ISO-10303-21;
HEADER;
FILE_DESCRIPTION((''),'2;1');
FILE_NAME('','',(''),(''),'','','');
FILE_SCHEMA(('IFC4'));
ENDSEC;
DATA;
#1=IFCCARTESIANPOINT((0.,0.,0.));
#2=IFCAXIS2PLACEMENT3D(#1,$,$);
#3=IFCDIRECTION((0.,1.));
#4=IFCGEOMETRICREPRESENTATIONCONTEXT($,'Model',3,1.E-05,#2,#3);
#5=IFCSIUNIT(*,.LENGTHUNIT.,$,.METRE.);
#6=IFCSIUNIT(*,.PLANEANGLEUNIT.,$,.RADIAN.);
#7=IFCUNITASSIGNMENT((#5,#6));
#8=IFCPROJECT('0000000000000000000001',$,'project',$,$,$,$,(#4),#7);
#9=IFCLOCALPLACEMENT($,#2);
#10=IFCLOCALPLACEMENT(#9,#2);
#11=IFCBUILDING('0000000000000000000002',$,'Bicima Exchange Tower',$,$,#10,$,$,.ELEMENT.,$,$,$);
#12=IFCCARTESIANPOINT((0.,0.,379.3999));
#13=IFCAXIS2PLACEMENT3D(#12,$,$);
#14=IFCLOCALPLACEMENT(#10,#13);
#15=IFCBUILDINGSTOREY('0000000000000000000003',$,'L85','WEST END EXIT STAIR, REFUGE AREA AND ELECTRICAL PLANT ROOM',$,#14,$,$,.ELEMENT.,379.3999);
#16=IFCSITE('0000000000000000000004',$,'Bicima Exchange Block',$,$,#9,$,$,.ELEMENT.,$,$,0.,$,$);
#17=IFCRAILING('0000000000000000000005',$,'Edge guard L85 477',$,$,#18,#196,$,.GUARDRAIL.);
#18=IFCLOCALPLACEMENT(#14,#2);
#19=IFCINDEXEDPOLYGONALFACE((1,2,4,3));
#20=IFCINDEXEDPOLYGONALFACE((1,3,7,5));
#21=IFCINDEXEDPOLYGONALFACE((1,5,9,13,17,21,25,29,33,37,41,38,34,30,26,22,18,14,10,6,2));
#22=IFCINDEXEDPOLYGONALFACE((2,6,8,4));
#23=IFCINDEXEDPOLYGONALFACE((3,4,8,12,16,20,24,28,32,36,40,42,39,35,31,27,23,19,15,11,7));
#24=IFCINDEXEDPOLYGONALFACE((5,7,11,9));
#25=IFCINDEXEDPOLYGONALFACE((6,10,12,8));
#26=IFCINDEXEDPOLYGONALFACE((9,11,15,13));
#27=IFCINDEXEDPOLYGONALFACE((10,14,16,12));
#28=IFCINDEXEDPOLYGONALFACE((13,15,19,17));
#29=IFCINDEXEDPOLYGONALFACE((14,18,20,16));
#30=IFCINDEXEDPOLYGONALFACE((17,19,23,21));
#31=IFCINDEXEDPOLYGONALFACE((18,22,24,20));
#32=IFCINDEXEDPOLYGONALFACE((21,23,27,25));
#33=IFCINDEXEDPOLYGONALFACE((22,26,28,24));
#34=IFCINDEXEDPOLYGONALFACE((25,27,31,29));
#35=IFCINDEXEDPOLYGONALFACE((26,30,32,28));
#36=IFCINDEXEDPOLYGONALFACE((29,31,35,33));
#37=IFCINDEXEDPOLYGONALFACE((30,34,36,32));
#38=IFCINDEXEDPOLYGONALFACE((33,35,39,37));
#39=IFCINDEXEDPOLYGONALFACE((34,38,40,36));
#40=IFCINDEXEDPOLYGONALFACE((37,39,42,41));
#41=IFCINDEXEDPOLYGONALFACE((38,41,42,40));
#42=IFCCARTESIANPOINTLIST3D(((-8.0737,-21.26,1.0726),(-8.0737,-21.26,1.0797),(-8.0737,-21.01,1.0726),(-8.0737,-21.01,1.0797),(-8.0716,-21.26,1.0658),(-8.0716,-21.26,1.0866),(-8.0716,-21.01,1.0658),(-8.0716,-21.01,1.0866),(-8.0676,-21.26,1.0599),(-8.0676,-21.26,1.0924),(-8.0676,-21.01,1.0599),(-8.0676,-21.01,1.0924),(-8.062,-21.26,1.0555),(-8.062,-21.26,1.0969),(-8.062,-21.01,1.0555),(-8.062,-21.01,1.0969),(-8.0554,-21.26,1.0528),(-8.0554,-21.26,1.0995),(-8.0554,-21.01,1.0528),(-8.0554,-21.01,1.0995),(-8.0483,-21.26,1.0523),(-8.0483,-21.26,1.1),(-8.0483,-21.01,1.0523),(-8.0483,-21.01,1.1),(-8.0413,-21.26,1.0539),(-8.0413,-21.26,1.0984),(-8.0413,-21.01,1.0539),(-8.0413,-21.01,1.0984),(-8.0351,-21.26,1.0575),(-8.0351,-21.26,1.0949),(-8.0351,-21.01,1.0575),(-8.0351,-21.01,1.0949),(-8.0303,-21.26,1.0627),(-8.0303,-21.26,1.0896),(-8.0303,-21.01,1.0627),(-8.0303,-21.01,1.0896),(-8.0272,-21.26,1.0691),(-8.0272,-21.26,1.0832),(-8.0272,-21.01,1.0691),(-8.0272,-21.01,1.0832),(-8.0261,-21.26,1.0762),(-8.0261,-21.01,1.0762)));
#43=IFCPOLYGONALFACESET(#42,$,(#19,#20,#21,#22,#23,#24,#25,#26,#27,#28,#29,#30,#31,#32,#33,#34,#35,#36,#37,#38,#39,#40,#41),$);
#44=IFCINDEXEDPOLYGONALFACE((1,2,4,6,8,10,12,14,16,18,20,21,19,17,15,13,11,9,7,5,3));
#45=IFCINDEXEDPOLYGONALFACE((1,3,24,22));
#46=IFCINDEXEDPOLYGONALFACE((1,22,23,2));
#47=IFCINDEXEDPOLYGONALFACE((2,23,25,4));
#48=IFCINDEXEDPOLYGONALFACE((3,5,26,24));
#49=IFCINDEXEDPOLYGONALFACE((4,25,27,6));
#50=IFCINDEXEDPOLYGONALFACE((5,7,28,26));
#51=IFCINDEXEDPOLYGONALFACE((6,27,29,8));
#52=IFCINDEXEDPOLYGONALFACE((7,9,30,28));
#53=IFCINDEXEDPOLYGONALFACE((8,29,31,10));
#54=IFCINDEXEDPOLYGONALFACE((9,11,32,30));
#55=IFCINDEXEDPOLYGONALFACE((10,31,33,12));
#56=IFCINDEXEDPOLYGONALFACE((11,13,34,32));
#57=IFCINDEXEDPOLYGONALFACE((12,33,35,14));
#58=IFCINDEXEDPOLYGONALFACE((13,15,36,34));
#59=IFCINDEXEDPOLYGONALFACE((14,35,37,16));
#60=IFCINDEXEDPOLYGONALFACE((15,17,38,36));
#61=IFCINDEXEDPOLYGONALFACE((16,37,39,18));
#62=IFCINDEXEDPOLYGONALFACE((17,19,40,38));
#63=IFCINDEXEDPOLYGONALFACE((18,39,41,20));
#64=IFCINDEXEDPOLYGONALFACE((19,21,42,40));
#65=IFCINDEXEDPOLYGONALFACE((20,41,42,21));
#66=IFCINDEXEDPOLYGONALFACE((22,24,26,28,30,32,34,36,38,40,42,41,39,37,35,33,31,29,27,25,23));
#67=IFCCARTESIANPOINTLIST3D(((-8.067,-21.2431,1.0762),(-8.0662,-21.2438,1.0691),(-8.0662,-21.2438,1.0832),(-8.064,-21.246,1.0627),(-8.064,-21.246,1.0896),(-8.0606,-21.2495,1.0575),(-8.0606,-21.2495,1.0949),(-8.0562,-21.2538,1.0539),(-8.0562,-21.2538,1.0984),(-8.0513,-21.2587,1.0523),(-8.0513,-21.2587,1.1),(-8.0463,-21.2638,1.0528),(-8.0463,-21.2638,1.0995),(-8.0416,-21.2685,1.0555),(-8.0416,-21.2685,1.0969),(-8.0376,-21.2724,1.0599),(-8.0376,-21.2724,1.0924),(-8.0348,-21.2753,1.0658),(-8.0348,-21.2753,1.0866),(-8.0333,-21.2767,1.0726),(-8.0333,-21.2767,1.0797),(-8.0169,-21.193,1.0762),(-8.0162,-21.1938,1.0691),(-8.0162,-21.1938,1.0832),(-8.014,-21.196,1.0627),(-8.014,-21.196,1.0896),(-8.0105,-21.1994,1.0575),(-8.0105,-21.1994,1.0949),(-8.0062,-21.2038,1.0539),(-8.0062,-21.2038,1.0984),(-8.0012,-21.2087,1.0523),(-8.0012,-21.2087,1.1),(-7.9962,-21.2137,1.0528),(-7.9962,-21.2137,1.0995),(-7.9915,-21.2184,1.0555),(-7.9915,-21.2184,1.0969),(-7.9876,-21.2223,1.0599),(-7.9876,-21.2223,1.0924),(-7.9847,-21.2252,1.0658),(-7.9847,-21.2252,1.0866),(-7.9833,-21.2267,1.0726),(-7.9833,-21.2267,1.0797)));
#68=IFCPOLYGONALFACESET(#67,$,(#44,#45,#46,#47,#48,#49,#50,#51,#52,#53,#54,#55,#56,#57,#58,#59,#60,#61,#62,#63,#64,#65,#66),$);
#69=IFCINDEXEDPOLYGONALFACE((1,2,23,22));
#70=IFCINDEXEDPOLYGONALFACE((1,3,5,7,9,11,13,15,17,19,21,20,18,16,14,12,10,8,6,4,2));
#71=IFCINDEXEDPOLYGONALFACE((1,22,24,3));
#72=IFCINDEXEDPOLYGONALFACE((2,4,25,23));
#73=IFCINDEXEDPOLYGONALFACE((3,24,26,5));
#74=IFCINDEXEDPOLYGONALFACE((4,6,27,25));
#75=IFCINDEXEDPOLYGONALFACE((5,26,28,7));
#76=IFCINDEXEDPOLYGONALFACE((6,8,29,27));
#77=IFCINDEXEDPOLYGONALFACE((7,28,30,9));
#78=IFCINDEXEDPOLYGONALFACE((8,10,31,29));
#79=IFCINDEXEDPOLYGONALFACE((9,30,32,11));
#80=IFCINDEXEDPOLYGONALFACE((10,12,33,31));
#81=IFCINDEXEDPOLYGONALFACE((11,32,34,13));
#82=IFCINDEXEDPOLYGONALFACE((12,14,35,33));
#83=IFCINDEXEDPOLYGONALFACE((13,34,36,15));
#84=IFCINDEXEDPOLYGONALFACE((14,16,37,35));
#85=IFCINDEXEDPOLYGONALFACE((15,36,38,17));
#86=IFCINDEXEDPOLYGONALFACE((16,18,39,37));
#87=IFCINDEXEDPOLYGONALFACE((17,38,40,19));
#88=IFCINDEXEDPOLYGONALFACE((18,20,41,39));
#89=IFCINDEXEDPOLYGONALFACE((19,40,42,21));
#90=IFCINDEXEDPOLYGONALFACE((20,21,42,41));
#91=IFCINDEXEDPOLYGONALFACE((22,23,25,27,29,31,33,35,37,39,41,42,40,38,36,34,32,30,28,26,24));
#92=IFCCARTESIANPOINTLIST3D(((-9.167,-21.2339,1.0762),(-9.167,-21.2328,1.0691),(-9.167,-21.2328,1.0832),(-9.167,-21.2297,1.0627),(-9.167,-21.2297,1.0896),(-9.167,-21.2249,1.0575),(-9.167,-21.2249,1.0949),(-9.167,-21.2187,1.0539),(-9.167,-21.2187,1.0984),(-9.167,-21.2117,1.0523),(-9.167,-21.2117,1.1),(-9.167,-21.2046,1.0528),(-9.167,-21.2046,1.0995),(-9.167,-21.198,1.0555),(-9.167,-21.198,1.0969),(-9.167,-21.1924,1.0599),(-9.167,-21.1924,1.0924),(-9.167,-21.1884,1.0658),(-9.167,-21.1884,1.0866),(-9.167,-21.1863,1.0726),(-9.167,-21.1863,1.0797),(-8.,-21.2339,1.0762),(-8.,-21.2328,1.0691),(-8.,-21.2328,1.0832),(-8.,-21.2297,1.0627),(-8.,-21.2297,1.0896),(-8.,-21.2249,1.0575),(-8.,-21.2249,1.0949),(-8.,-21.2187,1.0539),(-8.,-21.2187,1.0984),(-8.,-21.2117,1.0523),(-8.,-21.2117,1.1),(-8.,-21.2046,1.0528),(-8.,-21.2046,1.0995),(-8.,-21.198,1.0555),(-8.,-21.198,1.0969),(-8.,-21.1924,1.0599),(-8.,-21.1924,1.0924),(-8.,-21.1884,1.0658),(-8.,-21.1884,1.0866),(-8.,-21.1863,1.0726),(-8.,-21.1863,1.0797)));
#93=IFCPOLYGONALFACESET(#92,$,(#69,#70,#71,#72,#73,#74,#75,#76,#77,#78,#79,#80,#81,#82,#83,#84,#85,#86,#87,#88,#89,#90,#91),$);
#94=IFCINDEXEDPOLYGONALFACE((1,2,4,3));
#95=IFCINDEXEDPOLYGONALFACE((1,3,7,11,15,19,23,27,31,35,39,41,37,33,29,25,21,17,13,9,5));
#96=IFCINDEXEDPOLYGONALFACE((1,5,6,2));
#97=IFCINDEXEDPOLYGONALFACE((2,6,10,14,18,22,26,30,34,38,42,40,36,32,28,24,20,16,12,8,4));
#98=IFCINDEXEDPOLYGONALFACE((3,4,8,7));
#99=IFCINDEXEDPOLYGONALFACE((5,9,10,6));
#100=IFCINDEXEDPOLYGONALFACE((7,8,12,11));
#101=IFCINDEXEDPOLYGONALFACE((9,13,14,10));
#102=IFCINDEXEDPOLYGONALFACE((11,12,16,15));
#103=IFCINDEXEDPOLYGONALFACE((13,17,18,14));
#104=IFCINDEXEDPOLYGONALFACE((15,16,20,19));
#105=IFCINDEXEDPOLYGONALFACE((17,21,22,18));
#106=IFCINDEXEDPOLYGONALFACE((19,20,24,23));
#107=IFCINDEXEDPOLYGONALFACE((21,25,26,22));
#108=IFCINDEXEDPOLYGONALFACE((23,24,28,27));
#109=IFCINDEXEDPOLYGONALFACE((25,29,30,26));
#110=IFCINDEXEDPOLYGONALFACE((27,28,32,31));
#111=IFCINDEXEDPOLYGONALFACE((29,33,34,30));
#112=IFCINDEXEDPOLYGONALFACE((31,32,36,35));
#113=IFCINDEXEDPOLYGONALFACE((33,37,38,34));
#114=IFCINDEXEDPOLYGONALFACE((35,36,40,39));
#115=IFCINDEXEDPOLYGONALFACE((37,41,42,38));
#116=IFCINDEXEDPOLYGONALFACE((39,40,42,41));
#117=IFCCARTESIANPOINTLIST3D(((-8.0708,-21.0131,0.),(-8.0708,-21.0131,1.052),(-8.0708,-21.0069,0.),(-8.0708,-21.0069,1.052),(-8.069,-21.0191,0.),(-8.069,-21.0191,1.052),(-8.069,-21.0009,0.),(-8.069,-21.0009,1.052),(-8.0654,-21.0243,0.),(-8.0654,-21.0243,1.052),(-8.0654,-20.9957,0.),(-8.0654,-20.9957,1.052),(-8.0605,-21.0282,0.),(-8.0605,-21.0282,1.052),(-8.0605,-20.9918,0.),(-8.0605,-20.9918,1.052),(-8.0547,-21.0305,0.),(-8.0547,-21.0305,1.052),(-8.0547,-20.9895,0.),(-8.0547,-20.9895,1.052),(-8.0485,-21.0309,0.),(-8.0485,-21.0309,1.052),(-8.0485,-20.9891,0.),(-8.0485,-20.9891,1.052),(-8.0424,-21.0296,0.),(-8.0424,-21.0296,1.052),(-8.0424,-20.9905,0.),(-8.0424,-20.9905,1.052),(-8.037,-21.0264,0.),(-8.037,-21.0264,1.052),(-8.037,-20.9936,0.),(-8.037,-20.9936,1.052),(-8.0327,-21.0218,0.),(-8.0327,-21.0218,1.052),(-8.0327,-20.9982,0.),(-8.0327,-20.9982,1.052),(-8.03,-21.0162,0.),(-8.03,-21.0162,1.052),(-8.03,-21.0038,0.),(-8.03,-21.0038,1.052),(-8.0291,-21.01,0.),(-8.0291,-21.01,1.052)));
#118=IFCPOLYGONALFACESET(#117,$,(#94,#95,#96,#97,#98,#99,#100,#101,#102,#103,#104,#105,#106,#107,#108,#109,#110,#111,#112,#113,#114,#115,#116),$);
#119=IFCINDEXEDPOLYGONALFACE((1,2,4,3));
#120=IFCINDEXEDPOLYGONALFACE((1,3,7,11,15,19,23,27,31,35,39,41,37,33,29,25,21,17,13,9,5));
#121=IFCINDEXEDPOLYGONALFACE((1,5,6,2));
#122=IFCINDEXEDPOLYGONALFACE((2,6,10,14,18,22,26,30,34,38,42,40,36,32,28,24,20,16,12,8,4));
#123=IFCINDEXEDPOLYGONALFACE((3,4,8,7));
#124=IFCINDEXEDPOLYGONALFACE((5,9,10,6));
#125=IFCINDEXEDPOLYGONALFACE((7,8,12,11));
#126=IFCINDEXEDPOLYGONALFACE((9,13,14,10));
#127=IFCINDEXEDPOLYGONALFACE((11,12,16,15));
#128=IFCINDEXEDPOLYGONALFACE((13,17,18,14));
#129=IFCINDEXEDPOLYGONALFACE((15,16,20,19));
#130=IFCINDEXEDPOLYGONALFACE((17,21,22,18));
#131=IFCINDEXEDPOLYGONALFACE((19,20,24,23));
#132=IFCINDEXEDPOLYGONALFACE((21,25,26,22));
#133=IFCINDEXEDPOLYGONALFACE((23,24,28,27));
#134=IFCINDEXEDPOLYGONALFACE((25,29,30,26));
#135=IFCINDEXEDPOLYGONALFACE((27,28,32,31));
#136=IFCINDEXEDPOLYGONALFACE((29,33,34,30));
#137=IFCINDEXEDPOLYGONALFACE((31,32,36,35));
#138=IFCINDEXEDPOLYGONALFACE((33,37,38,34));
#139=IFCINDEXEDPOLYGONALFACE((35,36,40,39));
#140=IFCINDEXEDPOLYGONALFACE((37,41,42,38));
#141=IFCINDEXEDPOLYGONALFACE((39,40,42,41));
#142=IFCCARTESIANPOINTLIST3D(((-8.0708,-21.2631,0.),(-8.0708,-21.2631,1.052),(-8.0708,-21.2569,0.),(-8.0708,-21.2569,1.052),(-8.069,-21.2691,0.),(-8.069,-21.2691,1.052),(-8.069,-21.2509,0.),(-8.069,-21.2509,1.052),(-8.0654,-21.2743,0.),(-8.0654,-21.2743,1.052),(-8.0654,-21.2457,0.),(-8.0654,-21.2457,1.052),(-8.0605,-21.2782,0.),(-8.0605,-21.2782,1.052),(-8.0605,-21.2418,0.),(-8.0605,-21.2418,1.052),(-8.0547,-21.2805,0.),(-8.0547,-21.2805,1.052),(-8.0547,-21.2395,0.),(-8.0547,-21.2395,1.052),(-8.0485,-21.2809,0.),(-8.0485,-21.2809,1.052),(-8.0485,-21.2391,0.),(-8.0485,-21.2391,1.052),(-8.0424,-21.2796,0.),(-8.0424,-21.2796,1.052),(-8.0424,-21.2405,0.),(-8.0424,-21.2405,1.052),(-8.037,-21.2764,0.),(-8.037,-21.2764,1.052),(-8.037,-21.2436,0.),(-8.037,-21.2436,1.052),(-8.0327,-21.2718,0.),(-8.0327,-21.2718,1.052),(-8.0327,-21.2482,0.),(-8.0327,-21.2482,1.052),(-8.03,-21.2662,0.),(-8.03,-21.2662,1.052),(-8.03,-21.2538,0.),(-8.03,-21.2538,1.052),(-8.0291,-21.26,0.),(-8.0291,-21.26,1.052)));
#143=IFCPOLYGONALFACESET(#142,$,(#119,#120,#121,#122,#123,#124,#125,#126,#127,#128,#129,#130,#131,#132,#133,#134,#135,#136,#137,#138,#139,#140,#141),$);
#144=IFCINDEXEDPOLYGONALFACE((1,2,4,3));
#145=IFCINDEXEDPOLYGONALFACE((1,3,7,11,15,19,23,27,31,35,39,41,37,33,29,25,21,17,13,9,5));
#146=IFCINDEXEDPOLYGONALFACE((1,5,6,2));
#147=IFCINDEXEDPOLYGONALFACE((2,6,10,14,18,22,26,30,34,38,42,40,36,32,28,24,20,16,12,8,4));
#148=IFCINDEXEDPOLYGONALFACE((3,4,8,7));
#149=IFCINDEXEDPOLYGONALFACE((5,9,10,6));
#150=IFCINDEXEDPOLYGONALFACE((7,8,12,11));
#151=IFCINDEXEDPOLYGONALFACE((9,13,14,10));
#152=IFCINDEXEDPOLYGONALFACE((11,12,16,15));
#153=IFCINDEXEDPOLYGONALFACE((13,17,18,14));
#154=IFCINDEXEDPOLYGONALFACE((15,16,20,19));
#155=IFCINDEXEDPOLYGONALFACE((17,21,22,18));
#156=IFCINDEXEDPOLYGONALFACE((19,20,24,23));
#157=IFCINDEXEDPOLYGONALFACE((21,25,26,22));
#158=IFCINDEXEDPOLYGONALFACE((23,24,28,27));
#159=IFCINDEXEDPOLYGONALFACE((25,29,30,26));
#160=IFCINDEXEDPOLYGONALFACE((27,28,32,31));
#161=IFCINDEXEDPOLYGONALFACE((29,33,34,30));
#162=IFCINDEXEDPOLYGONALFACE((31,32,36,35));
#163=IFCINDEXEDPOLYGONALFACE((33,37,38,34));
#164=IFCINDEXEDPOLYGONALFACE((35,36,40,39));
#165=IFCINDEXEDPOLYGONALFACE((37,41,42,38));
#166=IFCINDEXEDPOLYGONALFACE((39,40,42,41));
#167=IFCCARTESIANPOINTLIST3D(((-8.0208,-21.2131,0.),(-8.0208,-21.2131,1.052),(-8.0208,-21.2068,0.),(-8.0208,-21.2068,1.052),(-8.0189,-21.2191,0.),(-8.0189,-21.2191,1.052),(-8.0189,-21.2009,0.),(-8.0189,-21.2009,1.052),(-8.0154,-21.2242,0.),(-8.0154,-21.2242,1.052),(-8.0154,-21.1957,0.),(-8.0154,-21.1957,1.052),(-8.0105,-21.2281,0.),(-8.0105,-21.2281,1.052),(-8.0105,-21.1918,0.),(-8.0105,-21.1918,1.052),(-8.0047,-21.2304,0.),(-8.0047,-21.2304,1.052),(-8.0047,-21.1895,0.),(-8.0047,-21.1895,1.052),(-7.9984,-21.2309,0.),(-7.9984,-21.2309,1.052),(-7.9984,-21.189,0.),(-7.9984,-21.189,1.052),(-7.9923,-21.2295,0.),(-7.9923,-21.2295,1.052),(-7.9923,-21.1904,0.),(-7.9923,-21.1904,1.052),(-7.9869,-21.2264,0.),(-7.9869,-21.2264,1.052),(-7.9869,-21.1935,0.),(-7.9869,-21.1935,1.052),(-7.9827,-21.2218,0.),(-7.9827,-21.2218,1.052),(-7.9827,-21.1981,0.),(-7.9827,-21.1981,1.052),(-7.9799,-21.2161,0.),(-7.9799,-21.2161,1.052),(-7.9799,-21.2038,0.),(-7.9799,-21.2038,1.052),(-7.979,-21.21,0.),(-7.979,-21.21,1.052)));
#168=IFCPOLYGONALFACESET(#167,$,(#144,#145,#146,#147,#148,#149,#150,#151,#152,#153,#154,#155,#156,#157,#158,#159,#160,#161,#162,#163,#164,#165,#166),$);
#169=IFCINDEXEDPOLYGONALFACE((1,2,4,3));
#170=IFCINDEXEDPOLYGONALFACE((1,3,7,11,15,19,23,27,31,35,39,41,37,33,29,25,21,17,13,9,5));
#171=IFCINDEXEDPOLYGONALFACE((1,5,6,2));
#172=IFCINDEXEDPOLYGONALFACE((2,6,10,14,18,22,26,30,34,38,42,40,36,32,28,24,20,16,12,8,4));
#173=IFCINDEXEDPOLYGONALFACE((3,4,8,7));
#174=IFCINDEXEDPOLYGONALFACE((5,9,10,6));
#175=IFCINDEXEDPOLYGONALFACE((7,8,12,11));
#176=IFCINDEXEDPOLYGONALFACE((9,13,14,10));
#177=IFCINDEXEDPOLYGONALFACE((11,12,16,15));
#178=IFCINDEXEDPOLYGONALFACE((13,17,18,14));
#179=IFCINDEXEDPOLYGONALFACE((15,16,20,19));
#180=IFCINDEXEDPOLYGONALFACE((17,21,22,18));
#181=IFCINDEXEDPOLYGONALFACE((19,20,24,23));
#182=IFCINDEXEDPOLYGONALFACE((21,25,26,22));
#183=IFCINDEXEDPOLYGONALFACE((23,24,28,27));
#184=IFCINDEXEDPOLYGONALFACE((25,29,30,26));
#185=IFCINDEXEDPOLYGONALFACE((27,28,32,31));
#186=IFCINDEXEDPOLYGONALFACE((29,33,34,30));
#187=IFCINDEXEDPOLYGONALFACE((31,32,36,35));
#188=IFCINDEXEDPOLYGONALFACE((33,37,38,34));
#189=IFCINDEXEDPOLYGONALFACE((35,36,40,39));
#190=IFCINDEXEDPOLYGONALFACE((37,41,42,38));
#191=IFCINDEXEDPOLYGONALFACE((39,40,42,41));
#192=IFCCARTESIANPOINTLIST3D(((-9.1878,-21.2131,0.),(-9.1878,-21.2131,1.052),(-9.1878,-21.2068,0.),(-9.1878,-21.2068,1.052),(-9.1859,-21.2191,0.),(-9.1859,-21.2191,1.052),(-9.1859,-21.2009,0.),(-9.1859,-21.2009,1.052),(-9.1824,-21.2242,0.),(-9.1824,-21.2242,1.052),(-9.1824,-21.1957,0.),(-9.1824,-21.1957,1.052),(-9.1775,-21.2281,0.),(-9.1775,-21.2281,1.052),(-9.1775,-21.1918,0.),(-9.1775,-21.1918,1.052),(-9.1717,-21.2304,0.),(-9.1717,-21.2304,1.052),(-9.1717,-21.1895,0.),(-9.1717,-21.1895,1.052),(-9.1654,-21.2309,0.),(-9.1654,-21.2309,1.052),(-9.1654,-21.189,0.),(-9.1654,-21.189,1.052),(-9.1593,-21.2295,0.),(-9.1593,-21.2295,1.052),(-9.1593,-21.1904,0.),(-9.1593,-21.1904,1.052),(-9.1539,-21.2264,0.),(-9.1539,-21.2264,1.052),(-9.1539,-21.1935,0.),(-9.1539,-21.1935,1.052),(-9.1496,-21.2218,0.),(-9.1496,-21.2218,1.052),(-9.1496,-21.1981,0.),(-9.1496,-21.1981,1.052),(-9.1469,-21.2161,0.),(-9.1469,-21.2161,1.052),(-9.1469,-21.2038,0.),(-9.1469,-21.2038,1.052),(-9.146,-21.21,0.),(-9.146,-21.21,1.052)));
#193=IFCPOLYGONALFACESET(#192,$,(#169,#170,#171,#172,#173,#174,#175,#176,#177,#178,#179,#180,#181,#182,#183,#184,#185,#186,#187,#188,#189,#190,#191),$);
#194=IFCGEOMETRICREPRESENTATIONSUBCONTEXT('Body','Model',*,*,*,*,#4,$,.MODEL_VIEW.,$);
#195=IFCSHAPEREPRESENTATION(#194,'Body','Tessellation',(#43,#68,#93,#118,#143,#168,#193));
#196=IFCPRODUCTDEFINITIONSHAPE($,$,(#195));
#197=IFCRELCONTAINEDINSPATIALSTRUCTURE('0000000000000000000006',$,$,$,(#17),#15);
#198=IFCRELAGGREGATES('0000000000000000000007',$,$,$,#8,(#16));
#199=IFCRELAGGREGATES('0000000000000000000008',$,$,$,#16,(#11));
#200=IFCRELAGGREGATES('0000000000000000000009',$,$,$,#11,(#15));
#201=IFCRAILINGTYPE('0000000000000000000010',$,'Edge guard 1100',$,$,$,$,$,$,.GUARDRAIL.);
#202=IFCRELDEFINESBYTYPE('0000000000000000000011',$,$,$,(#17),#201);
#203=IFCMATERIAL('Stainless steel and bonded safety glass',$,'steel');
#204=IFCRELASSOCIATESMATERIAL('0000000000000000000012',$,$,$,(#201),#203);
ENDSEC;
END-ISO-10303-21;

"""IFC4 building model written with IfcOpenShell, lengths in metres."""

from ifc_helpers import new_model, si_unit, direction, frame, origin, origin_2d, place, context, subcontext, project, spatial, circle, extrude, material, type_object, element, save


model = new_model("IFC4")

# Units and contexts
model_context = context("Model", 3, precision=1e-05, world=origin(), true_north=direction((0.0, 1.0)))
body_context = subcontext(model_context, "Body", "Model", "MODEL_VIEW")
ifc_project = project(units=[si_unit("LENGTHUNIT", "METRE"), si_unit("PLANEANGLEUNIT", "RADIAN")], contexts=[model_context])

# Site, building, storey
site_placement = place(None, origin())
site = spatial("IfcSite", under=ifc_project, at=site_placement, Name="Bicima Exchange Block", CompositionType="ELEMENT", RefElevation=0.0)
building_placement = place(site_placement, origin())
building = spatial("IfcBuilding", under=site, at=building_placement, Name="Bicima Exchange Tower", CompositionType="ELEMENT")
storey_placement = place(building_placement, frame((0.0, 0.0, 379.3999)))
storey = spatial("IfcBuildingStorey", under=building, at=storey_placement, Name="L85", Description="WEST END EXIT STAIR, REFUGE AREA AND ELECTRICAL PLANT ROOM", CompositionType="ELEMENT", Elevation=379.3999)

# Railing
ifc_material_1 = material(Name="Stainless steel and bonded safety glass", Category="steel")
railing_type = type_object("IfcRailingType", Name="Edge guard 1100", PredefinedType="GUARDRAIL", material=ifc_material_1)
railing_placement = place(storey_placement, frame((-8.05, -21.01, 0.0)))
element("IfcRailing", 1, at=railing_placement, inside=storey, type_object=railing_type, Name="Edge guard L85 477", PredefinedType="GUARDRAIL", context=body_context, shape_type="SweptSolid", body=[
    extrude(circle(Radius=0.0239, at=origin_2d()), frame((0.0, 0.0, 1.0762), z_axis=(0.0, -1.0, 0.0), x_axis=(1.0, 0.0, 0.0)), (0.0, 0.0, 1.0), 0.25),
    extrude(circle(Radius=0.0239, at=origin_2d()), frame((0.0, -0.25, 1.0762), z_axis=(0.707107, 0.707107, 0.0), x_axis=(-0.707107, 0.707107, 0.0)), (0.0, 0.0, 1.0), 0.0708),
    extrude(circle(Radius=0.0239, at=origin_2d()), frame((0.05, -0.2, 1.0762), z_axis=(-1.0, 0.0, 0.0), x_axis=(0.0, -1.0, 0.0)), (0.0, 0.0, 1.0), 1.167),
    extrude(circle(Radius=0.021, at=origin_2d()), origin(), (0.0, 0.0, 1.0), 1.052),
    extrude(circle(Radius=0.021, at=origin_2d()), frame((0.0, -0.25, 0.0)), (0.0, 0.0, 1.0), 1.052),
    extrude(circle(Radius=0.021, at=origin_2d()), frame((0.05, -0.2, 0.0)), (0.0, 0.0, 1.0), 1.052),
    extrude(circle(Radius=0.021, at=origin_2d()), frame((-1.1169, -0.2, 0.0)), (0.0, 0.0, 1.0), 1.052),
])

save(model, "model.ifc")
